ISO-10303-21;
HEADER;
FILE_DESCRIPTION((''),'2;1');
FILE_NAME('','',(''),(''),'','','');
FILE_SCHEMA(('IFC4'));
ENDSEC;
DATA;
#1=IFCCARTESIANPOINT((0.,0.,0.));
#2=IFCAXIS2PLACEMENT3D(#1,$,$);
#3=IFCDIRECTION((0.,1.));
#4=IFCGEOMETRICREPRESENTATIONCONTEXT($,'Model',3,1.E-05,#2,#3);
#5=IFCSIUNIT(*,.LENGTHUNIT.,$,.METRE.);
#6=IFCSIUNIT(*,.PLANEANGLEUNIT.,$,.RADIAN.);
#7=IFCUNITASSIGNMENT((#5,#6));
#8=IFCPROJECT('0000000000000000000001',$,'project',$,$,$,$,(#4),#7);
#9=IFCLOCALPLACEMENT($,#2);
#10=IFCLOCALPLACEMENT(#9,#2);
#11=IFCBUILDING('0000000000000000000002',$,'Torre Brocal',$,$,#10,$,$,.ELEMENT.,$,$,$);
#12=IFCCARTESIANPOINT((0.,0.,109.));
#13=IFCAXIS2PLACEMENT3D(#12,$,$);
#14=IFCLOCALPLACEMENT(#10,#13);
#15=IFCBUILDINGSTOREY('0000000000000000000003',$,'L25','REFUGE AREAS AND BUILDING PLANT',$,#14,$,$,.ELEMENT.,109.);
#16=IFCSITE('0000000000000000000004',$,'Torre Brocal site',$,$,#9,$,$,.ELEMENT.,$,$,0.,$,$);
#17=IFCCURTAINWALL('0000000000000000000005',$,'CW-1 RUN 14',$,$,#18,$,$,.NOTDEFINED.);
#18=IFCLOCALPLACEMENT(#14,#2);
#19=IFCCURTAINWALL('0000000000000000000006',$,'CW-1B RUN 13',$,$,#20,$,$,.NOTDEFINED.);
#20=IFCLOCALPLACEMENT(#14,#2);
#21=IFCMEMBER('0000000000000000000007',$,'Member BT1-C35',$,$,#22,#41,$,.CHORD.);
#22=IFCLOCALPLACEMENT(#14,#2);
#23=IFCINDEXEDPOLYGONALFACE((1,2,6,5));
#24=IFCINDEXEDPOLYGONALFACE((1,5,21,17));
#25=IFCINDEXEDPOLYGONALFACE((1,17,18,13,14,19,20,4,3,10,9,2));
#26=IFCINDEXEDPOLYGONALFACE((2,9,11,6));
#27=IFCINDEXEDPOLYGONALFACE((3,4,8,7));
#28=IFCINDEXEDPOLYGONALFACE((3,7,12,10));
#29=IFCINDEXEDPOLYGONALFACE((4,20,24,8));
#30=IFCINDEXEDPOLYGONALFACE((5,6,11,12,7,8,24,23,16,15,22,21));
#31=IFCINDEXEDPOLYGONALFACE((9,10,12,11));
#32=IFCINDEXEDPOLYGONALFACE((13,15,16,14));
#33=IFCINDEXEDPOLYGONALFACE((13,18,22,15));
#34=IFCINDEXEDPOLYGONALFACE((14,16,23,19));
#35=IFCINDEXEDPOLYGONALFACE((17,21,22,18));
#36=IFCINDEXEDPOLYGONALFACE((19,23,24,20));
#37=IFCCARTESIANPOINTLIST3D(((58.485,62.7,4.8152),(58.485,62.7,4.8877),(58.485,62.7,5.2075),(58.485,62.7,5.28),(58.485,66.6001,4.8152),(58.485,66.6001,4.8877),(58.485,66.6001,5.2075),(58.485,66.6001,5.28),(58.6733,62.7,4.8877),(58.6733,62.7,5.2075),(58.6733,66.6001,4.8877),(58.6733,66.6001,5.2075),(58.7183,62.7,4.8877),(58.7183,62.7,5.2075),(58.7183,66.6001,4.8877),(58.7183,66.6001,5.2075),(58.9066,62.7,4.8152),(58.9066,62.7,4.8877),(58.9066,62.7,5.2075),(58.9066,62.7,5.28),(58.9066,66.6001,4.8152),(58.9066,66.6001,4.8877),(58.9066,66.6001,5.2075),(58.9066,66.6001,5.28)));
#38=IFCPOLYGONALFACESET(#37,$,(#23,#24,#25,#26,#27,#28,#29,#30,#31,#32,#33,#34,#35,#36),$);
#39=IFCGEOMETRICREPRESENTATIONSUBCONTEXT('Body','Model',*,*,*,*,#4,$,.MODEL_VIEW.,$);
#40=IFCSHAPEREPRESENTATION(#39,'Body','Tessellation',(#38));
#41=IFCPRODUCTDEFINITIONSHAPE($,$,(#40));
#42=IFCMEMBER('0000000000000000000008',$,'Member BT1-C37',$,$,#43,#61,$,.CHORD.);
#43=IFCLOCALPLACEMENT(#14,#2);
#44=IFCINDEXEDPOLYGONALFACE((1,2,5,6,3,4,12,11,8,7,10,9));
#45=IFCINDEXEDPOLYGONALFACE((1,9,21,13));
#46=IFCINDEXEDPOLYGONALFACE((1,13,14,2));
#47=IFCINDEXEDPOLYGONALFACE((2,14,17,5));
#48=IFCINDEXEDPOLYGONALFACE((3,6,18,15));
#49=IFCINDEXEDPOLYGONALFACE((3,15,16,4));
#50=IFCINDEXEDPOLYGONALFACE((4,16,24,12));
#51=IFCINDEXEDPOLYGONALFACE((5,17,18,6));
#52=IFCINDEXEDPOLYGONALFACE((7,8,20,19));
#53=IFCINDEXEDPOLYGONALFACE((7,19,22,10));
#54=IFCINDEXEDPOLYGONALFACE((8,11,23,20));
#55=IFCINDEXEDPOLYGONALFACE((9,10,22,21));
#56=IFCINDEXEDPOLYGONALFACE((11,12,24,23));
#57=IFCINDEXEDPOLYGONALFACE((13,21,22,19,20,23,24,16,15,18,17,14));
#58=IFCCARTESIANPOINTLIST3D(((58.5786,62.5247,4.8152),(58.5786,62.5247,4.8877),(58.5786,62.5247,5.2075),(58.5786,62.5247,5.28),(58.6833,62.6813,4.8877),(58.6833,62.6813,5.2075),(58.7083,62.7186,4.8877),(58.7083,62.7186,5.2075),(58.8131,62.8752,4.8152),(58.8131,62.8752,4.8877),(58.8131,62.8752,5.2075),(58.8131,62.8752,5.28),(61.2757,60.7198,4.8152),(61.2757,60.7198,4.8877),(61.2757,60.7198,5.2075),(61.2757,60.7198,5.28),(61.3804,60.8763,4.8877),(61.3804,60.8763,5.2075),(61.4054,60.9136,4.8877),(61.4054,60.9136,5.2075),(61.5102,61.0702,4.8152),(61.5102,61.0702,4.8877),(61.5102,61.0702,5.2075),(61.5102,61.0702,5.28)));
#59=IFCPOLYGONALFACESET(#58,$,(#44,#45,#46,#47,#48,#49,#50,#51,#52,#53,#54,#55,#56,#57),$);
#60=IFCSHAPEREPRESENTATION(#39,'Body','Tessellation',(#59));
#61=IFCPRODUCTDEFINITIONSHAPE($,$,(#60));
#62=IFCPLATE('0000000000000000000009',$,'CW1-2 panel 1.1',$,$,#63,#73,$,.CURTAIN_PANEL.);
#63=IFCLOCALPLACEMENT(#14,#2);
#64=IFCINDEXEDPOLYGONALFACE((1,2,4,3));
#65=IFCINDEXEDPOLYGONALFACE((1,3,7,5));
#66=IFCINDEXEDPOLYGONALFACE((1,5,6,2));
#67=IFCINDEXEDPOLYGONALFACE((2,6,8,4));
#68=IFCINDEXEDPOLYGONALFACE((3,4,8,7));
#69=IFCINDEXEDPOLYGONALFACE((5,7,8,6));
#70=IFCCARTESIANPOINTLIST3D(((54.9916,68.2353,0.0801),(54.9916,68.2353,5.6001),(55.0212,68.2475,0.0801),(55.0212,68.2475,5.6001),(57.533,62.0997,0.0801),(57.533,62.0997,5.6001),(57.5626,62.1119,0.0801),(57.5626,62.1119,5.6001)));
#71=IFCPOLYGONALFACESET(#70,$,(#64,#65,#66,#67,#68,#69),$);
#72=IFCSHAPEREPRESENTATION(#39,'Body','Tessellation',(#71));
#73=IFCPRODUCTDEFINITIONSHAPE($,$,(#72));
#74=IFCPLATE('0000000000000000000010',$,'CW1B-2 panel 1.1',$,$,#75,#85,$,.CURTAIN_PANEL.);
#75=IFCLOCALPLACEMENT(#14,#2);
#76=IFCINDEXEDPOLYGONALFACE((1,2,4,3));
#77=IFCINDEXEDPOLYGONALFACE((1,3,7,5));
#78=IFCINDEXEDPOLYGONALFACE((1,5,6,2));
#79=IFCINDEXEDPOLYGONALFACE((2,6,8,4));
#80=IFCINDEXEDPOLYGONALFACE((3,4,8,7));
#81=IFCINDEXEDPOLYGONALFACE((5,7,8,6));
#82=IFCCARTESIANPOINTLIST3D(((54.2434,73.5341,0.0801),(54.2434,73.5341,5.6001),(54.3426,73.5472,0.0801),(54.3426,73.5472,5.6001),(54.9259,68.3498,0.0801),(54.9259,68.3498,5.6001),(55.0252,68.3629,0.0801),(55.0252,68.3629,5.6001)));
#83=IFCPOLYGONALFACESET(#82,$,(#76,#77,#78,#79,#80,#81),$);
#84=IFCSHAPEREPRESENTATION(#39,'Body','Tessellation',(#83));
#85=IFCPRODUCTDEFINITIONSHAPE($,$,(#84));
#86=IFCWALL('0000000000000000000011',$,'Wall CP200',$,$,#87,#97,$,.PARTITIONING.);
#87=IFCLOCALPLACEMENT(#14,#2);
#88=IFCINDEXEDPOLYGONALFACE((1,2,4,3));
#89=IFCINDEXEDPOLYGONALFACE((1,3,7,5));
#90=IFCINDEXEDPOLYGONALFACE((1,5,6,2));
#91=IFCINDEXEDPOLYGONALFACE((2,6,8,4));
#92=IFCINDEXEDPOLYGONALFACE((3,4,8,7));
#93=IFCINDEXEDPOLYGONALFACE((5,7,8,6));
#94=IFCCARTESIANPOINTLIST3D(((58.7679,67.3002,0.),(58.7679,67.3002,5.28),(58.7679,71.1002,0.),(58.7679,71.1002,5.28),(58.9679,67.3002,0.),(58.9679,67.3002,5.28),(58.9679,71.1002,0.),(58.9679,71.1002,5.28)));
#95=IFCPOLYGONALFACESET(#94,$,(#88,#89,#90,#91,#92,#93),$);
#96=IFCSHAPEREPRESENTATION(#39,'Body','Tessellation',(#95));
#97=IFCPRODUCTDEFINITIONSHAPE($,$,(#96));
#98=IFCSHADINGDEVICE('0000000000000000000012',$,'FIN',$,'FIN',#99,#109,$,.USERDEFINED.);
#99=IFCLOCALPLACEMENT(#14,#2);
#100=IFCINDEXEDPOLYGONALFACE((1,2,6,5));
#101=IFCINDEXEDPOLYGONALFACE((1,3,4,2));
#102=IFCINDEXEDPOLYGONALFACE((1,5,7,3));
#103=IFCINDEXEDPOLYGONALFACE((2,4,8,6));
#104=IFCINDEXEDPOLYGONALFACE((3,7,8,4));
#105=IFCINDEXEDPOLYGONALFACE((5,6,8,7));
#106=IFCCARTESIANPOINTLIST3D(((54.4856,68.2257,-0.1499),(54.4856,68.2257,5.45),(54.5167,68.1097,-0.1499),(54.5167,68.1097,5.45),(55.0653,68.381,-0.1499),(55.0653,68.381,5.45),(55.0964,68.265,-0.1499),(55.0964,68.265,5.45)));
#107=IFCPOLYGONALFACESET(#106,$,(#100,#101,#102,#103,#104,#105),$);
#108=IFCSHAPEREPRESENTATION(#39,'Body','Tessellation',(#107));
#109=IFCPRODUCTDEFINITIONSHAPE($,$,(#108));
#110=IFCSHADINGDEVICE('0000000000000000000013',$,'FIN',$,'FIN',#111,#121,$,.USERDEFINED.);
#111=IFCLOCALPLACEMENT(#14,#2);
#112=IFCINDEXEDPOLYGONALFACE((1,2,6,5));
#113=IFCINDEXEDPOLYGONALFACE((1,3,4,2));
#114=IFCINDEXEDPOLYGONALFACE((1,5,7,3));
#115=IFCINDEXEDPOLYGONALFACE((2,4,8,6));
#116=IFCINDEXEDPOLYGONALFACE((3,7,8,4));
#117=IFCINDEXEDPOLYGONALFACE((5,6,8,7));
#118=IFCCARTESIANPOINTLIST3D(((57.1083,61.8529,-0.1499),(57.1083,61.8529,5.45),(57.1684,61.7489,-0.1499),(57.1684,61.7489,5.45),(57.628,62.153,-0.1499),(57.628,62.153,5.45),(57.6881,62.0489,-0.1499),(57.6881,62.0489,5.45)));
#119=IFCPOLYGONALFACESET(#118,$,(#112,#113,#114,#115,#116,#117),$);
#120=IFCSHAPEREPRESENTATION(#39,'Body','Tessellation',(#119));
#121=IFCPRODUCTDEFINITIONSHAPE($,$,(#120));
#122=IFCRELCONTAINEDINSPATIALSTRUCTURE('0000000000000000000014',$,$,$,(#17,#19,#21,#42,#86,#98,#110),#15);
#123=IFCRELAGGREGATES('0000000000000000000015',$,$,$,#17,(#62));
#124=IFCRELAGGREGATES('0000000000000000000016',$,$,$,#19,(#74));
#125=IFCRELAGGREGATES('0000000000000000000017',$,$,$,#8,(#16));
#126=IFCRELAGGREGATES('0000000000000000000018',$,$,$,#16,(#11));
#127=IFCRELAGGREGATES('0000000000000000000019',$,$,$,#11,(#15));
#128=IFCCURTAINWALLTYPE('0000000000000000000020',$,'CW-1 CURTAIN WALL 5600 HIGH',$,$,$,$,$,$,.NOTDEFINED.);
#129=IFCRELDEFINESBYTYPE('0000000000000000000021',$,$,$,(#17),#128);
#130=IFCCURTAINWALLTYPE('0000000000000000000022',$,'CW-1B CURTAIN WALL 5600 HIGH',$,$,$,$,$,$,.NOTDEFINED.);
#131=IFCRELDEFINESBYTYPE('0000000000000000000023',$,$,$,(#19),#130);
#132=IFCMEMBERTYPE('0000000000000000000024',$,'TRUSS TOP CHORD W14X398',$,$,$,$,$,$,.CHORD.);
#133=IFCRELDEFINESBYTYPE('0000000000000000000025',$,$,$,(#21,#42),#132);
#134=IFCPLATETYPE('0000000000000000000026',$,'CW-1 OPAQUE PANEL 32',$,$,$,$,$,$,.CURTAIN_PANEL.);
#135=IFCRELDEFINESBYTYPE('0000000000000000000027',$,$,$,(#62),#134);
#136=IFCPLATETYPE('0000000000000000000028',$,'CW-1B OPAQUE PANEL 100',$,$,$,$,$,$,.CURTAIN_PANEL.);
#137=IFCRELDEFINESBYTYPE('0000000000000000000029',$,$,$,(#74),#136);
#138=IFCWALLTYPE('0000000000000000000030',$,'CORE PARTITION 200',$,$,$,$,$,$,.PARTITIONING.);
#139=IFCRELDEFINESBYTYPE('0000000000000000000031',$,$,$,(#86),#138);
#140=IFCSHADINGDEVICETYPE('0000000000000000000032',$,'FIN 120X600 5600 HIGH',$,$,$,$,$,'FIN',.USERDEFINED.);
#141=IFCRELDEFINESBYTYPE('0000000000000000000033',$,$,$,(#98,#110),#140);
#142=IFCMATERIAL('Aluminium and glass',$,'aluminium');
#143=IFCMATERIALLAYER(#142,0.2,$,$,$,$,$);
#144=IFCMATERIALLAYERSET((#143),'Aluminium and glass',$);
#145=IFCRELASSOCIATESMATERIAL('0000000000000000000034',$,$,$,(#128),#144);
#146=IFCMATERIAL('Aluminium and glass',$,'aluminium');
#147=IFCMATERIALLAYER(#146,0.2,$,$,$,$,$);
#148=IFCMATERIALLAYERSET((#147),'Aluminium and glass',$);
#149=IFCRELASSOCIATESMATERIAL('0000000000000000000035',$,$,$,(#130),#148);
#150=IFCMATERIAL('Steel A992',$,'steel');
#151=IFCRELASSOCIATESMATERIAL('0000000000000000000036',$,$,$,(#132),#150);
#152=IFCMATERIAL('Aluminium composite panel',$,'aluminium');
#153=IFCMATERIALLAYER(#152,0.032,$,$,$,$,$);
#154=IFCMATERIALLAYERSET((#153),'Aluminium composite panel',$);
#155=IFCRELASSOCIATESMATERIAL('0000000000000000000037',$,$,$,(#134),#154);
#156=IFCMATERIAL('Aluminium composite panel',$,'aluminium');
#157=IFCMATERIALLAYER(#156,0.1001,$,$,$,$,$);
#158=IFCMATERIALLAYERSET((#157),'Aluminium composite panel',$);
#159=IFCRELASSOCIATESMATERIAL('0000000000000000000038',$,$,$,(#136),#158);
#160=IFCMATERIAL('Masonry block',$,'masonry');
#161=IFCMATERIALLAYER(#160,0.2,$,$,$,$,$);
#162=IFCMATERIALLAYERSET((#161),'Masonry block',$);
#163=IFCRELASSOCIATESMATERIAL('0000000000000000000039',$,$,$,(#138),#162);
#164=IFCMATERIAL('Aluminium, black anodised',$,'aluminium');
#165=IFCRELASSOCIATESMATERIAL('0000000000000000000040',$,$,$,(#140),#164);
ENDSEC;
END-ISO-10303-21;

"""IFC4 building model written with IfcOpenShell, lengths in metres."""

from ifc_helpers import new_model, si_unit, direction, frame, frame_2d, origin, origin_2d, place, context, subcontext, project, spatial, rectangle, i_section, extrude, material, layer, layer_set, material_profile, profile_set, type_object, element, aggregate, save


model = new_model("IFC4")

# Units and contexts
model_context = context("Model", 3, precision=1e-05, world=origin(), true_north=direction((0.0, 1.0)))
body_context = subcontext(model_context, "Body", "Model", "MODEL_VIEW")
ifc_project = project(units=[si_unit("LENGTHUNIT", "METRE"), si_unit("PLANEANGLEUNIT", "RADIAN")], contexts=[model_context])

# Site, building, storey
site_placement = place(None, origin())
site = spatial("IfcSite", under=ifc_project, at=site_placement, Name="Torre Brocal site", CompositionType="ELEMENT", RefElevation=0.0)
building_placement = place(site_placement, origin())
building = spatial("IfcBuilding", under=site, at=building_placement, Name="Torre Brocal", CompositionType="ELEMENT")
storey_placement = place(building_placement, frame((0.0, 0.0, 109.0)))
storey = spatial("IfcBuildingStorey", under=building, at=storey_placement, Name="L25", Description="REFUGE AREAS AND BUILDING PLANT", CompositionType="ELEMENT", Elevation=109.0)

# Curtain wall
ifc_material_1 = material(Name="Aluminium and glass", Category="aluminium")
ifc_layer_1 = layer(ifc_material_1, 0.2)
ifc_layer_set_1 = layer_set([ifc_layer_1], Name="Aluminium and glass")
curtain_wall_type_1 = type_object("IfcCurtainWallType", Name="CW-1 CURTAIN WALL 5600 HIGH", PredefinedType="NOTDEFINED", material=ifc_layer_set_1)
curtain_wall_1_placement = place(storey_placement, origin())
curtain_wall_1 = element("IfcCurtainWall", 1, at=curtain_wall_1_placement, inside=storey, type_object=curtain_wall_type_1, Name="CW-1 RUN 14", PredefinedType="NOTDEFINED")

# Curtain wall
ifc_material_2 = material(Name="Aluminium and glass", Category="aluminium")
ifc_layer_2 = layer(ifc_material_2, 0.2)
ifc_layer_set_2 = layer_set([ifc_layer_2], Name="Aluminium and glass")
curtain_wall_type_2 = type_object("IfcCurtainWallType", Name="CW-1B CURTAIN WALL 5600 HIGH", PredefinedType="NOTDEFINED", material=ifc_layer_set_2)
curtain_wall_2_placement = place(storey_placement, origin())
curtain_wall_2 = element("IfcCurtainWall", 2, at=curtain_wall_2_placement, inside=storey, type_object=curtain_wall_type_2, Name="CW-1B RUN 13", PredefinedType="NOTDEFINED")

# Members
ifc_material_3 = material(Name="Steel A992", Category="steel")
ifc_material_profile_1 = material_profile(ifc_material_3, i_section(OverallWidth=0.4216, OverallDepth=0.4648, WebThickness=0.0449, FlangeThickness=0.0725, at=origin_2d()), Name="W14X398")
ifc_profile_set_1 = profile_set([ifc_material_profile_1], Name="Steel A992")
member_type_1 = type_object("IfcMemberType", Name="TRUSS TOP CHORD W14X398", PredefinedType="CHORD", material=ifc_profile_set_1)
member_1_placement = place(storey_placement, frame((58.6958, 62.7, 5.0476), z_axis=(0.0, 1.0, 0.0), x_axis=(-1.0, 0.0, 0.0)))
element("IfcMember", 3, at=member_1_placement, inside=storey, type_object=member_type_1, Name="Member BT1-C35", PredefinedType="CHORD", context=body_context, shape_type="SweptSolid", body=[
    extrude(i_section(OverallWidth=0.4216, OverallDepth=0.4648, WebThickness=0.0449, FlangeThickness=0.0725, at=origin_2d()), origin(), (0.0, 0.0, 1.0), 3.9001),
])
member_2_placement = place(storey_placement, frame((58.6958, 62.7, 5.0476), z_axis=(0.831065, -0.556175, 0.0), x_axis=(0.556175, 0.831065, 0.0)))
element("IfcMember", 4, at=member_2_placement, inside=storey, type_object=member_type_1, Name="Member BT1-C37", PredefinedType="CHORD", context=body_context, shape_type="SweptSolid", body=[
    extrude(i_section(OverallWidth=0.4216, OverallDepth=0.4648, WebThickness=0.0449, FlangeThickness=0.0725, at=origin_2d()), origin(), (0.0, 0.0, 1.0), 3.2454),
])

# Plates
ifc_material_4 = material(Name="Aluminium composite panel", Category="aluminium")
ifc_layer_3 = layer(ifc_material_4, 0.032)
ifc_layer_set_3 = layer_set([ifc_layer_3], Name="Aluminium composite panel")
plate_type_1 = type_object("IfcPlateType", Name="CW-1 OPAQUE PANEL 32", PredefinedType="CURTAIN_PANEL", material=ifc_layer_set_3)
plate_1_placement = place(storey_placement, frame((56.2771, 65.1736, 0.0801), z_axis=(0.0, 0.0, 1.0), x_axis=(0.382683, -0.92388, 0.0)))
plate_1 = element("IfcPlate", 5, at=plate_1_placement, type_object=plate_type_1, Name="CW1-2 panel 1.1", PredefinedType="CURTAIN_PANEL", context=body_context, shape_type="SweptSolid", body=[
    extrude(rectangle(XDim=6.6411, YDim=0.032, at=origin_2d()), origin(), (0.0, 0.0, 1.0), 5.52),
])
aggregate(curtain_wall_1, [plate_1])
ifc_material_5 = material(Name="Aluminium composite panel", Category="aluminium")
ifc_layer_4 = layer(ifc_material_5, 0.1001)
ifc_layer_set_4 = layer_set([ifc_layer_4], Name="Aluminium composite panel")
plate_type_2 = type_object("IfcPlateType", Name="CW-1B OPAQUE PANEL 100", PredefinedType="CURTAIN_PANEL", material=ifc_layer_set_4)
plate_2_placement = place(storey_placement, frame((54.6343, 70.9485, 0.0801), z_axis=(0.0, 0.0, 1.0), x_axis=(0.130526, -0.991445, 0.0)))
plate_2 = element("IfcPlate", 6, at=plate_2_placement, type_object=plate_type_2, Name="CW1B-2 panel 1.1", PredefinedType="CURTAIN_PANEL", context=body_context, shape_type="SweptSolid", body=[
    extrude(rectangle(XDim=5.229, YDim=0.1001, at=origin_2d()), origin(), (0.0, 0.0, 1.0), 5.52),
])
aggregate(curtain_wall_2, [plate_2])

# Wall
ifc_material_6 = material(Name="Masonry block", Category="masonry")
ifc_layer_5 = layer(ifc_material_6, 0.2)
ifc_layer_set_5 = layer_set([ifc_layer_5], Name="Masonry block")
wall_type = type_object("IfcWallType", Name="CORE PARTITION 200", PredefinedType="PARTITIONING", material=ifc_layer_set_5)
wall_placement = place(storey_placement, frame((58.8679, 71.1001, 0.0), z_axis=(0.0, 0.0, 1.0), x_axis=(0.0, -1.0, 0.0)))
element("IfcWall", 7, at=wall_placement, inside=storey, type_object=wall_type, Name="Wall CP200", PredefinedType="PARTITIONING", context=body_context, shape_type="SweptSolid", body=[
    extrude(rectangle(XDim=3.8, YDim=0.2, at=frame_2d((1.8999, 0.0))), origin(), (0.0, 0.0, 1.0), 5.28),
])

# Shading devices
ifc_material_7 = material(Name="Aluminium, black anodised", Category="aluminium")
ifc_material_profile_2 = material_profile(ifc_material_7, rectangle(XDim=0.1201, YDim=0.6001, at=origin_2d()), Name="FIN 120X600 5600 HIGH")
ifc_profile_set_2 = profile_set([ifc_material_profile_2], Name="Aluminium, black anodised")
shading_device_type = type_object("IfcShadingDeviceType", Name="FIN 120X600 5600 HIGH", ElementType="FIN", PredefinedType="USERDEFINED", material=ifc_profile_set_2)
for number, where, z_axis, x_axis, name in (
    (8, (54.791, 68.2454, -0.1499), (0.0, 0.0, 1.0), (0.258819, -0.965926, 0.0), "FIN"),
    (9, (57.3982, 61.9509, -0.1499), (0.0, 0.0, 1.0), (0.5, -0.866025, 0.0), "FIN"),
):
    element("IfcShadingDevice", number, at=place(storey_placement, frame(where, z_axis=z_axis, x_axis=x_axis)), inside=storey, type_object=shading_device_type, Name=name, ObjectType="FIN", PredefinedType="USERDEFINED", context=body_context, shape_type="SweptSolid", body=[
        extrude(rectangle(XDim=0.1201, YDim=0.6001, at=origin_2d()), origin(), (0.0, 0.0, 1.0), 5.5999),
    ])

save(model, "model.ifc")
